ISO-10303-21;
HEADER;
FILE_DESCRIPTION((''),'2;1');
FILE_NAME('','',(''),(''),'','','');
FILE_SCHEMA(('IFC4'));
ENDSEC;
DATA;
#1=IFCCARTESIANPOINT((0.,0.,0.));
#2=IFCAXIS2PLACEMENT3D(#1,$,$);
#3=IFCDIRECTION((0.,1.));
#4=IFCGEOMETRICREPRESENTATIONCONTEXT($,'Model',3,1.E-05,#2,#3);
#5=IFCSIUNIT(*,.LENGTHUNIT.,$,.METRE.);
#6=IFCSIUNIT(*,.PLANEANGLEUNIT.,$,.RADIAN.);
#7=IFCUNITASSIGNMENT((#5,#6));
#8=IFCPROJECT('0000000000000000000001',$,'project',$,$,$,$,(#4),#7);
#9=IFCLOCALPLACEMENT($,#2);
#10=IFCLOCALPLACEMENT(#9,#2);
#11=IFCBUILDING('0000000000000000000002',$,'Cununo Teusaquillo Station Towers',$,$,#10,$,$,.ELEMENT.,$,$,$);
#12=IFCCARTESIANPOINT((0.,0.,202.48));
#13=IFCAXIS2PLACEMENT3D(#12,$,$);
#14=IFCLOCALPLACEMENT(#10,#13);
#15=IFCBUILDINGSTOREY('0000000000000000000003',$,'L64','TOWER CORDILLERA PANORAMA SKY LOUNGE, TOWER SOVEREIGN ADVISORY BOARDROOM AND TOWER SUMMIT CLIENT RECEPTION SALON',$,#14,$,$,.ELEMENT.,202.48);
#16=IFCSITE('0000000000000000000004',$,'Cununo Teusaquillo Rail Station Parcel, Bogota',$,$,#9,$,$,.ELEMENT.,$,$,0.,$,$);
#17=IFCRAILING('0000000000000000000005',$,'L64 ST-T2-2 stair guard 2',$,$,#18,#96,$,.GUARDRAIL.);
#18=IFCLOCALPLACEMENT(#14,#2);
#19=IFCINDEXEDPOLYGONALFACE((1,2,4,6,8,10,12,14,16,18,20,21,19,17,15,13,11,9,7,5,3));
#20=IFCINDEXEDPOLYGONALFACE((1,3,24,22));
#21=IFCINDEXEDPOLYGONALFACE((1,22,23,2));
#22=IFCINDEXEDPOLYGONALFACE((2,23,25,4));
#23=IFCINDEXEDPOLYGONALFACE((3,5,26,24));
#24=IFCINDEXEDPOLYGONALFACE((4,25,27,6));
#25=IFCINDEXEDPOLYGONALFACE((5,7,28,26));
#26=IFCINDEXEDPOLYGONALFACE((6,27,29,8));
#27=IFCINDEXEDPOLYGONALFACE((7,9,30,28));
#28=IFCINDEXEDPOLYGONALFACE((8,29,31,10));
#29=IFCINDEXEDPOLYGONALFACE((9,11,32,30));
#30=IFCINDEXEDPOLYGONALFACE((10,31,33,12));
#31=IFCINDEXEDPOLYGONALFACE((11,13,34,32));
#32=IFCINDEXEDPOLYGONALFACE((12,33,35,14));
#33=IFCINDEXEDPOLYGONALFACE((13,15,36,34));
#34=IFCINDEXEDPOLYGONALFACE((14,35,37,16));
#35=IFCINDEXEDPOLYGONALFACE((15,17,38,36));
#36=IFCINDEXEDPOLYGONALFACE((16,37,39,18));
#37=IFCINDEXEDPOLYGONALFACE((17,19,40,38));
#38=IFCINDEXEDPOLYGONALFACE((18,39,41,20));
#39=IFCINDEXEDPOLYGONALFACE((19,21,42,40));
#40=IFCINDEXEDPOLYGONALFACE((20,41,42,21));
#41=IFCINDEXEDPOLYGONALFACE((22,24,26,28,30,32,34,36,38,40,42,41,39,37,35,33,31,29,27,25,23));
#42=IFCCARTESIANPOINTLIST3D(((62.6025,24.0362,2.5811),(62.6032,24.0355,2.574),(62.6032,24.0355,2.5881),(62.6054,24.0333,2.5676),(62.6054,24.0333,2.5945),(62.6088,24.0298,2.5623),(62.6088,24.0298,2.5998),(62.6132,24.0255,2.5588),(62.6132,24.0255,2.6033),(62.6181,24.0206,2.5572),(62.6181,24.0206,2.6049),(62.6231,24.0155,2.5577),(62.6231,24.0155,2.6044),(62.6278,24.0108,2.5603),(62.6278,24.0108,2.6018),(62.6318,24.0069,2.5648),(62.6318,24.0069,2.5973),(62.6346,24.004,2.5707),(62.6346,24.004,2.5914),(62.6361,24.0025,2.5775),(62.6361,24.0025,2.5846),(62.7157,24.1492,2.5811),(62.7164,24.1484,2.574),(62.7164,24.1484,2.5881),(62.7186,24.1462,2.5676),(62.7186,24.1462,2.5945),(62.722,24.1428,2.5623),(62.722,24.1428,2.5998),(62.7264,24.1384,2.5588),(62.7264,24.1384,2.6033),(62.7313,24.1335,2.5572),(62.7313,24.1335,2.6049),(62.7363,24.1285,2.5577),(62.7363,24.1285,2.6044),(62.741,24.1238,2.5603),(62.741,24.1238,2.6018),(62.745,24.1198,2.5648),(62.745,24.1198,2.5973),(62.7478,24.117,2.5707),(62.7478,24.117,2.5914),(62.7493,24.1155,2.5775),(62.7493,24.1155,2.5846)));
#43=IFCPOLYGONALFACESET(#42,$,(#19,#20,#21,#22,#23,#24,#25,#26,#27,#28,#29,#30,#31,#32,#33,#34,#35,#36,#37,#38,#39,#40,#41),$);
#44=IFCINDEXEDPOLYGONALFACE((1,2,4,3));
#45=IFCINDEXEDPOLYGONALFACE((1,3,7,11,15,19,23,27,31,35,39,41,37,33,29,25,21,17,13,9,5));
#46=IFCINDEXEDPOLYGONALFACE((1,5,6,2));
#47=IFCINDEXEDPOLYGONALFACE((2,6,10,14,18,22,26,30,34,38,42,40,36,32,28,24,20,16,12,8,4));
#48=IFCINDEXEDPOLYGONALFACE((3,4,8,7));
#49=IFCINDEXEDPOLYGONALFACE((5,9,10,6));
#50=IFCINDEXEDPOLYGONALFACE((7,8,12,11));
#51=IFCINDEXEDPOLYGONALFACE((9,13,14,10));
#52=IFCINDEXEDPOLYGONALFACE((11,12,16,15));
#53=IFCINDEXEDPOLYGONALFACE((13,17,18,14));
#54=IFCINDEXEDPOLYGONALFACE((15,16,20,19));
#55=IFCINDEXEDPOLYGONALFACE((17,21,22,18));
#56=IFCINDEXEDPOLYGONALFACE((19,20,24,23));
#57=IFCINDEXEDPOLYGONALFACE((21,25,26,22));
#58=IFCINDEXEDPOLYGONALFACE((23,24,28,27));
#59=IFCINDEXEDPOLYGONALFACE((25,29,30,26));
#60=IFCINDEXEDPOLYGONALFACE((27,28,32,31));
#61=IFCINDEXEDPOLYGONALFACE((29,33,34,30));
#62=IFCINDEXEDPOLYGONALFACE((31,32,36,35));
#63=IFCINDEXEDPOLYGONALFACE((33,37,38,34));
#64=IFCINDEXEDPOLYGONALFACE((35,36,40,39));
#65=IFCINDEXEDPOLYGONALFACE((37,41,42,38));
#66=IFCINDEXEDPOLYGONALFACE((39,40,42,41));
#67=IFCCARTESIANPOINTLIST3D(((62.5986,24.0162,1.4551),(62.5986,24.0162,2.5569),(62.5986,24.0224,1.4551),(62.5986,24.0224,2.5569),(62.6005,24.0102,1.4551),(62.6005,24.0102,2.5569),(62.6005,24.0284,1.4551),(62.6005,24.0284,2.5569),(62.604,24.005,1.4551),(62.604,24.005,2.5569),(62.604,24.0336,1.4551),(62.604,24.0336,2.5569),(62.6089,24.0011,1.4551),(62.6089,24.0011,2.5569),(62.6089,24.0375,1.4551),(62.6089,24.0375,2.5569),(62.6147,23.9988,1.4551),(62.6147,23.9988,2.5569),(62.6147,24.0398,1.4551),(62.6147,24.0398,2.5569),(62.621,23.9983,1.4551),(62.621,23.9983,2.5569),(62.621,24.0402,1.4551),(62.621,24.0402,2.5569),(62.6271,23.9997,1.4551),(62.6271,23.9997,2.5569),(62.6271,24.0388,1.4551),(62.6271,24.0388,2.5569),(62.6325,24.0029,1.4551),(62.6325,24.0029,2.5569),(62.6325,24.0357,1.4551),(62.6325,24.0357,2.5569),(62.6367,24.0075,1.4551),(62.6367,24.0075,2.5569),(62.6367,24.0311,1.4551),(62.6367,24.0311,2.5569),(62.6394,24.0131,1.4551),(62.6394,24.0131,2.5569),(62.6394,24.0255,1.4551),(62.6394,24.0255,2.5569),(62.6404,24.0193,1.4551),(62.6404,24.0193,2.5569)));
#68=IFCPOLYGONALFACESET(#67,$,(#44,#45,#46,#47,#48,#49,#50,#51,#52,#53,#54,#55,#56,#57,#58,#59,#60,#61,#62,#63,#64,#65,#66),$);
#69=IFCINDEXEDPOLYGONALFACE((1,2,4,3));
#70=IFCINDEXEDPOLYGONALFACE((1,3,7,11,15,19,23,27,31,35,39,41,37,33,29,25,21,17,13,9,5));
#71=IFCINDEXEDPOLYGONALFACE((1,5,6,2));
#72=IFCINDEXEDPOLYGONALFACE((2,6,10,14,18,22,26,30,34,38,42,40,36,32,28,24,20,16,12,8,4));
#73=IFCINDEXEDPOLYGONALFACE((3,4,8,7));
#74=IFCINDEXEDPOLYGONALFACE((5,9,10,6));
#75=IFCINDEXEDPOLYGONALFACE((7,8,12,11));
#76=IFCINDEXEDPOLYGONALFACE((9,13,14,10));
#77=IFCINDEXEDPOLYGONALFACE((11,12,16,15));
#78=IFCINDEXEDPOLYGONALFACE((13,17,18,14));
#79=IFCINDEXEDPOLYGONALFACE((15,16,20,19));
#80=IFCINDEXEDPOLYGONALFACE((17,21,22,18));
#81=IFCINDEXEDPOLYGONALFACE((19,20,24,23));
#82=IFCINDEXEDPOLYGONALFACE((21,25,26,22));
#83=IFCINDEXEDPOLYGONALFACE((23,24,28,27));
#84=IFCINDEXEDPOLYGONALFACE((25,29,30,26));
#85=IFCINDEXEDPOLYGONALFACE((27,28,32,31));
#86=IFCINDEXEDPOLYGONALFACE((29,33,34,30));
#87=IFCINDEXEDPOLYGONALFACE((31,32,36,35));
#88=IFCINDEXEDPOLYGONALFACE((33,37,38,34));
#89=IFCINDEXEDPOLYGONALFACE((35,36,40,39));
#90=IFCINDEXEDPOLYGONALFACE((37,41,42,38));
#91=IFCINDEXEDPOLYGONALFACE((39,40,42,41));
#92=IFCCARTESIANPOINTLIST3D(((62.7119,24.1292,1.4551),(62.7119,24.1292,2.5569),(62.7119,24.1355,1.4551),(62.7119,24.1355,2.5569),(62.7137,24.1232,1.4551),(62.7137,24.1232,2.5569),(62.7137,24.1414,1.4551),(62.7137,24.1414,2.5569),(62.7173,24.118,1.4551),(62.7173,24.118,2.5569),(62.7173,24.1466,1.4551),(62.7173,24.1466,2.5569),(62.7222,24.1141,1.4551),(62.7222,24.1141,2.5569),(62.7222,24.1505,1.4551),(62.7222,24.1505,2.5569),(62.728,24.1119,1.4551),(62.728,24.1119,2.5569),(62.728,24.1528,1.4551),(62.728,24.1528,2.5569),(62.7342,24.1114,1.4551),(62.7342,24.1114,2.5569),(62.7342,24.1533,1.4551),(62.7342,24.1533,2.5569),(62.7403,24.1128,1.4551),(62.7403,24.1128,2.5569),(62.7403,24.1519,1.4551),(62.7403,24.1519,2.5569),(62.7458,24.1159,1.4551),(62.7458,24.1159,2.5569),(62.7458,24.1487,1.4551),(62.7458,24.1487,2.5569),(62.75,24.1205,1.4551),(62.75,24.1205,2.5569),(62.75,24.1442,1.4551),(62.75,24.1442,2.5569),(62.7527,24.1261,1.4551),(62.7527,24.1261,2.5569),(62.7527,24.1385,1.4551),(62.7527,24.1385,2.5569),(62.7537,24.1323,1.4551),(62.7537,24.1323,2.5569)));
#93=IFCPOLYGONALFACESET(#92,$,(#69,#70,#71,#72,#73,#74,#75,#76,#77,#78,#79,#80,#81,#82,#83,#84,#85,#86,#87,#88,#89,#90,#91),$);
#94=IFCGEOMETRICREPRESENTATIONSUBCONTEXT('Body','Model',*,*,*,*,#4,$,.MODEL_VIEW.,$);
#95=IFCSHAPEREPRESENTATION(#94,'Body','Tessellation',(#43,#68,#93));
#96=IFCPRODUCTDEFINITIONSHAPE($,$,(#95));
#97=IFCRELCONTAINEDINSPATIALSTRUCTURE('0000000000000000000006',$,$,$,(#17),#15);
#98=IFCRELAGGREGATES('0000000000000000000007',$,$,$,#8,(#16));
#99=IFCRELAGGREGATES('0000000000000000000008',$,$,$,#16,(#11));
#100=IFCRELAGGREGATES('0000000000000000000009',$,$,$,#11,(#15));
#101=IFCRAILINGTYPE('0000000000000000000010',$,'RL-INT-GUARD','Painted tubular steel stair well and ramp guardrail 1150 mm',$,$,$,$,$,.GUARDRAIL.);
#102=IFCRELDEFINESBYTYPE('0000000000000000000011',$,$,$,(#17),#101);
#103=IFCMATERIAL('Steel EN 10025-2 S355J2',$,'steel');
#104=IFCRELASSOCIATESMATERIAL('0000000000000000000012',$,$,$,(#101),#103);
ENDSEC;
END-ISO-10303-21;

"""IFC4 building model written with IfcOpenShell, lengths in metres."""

from ifc_helpers import new_model, si_unit, direction, frame, origin, origin_2d, place, context, subcontext, project, spatial, circle, extrude, material, type_object, element, save


model = new_model("IFC4")

# Units and contexts
model_context = context("Model", 3, precision=1e-05, world=origin(), true_north=direction((0.0, 1.0)))
body_context = subcontext(model_context, "Body", "Model", "MODEL_VIEW")
ifc_project = project(units=[si_unit("LENGTHUNIT", "METRE"), si_unit("PLANEANGLEUNIT", "RADIAN")], contexts=[model_context])

# Site, building, storey
site_placement = place(None, origin())
site = spatial("IfcSite", under=ifc_project, at=site_placement, Name="Cununo Teusaquillo Rail Station Parcel, Bogota", CompositionType="ELEMENT", RefElevation=0.0)
building_placement = place(site_placement, origin())
building = spatial("IfcBuilding", under=site, at=building_placement, Name="Cununo Teusaquillo Station Towers", CompositionType="ELEMENT")
storey_placement = place(building_placement, frame((0.0, 0.0, 202.48)))
storey = spatial("IfcBuildingStorey", under=building, at=storey_placement, Name="L64", Description="TOWER CORDILLERA PANORAMA SKY LOUNGE, TOWER SOVEREIGN ADVISORY BOARDROOM AND TOWER SUMMIT CLIENT RECEPTION SALON", CompositionType="ELEMENT", Elevation=202.48)

# Railing
ifc_material_1 = material(Name="Steel EN 10025-2 S355J2", Category="steel")
railing_type_1 = type_object("IfcRailingType", Name="RL-INT-GUARD", Description="Painted tubular steel stair well and ramp guardrail 1150 mm", PredefinedType="GUARDRAIL", material=ifc_material_1)
railing_1_placement = place(storey_placement, frame((62.6194, 24.0193, 1.4551)))
element("IfcRailing", 1, at=railing_1_placement, inside=storey, type_object=railing_type_1, Name="L64 ST-T2-2 stair guard 2", PredefinedType="GUARDRAIL", context=body_context, shape_type="SweptSolid", body=[
    extrude(circle(Radius=0.0239, at=origin_2d()), frame((0.0, 0.0, 1.126), z_axis=(0.707869, 0.706344, 0.0), x_axis=(-0.706344, 0.707869, 0.0)), (0.0, 0.0, 1.0), 0.1599),
    extrude(circle(Radius=0.021, at=origin_2d()), origin(), (0.0, 0.0, 1.0), 1.1018),
    extrude(circle(Radius=0.021, at=origin_2d()), frame((0.1133, 0.113, 0.0)), (0.0, 0.0, 1.0), 1.1018),
])

save(model, "model.ifc")
